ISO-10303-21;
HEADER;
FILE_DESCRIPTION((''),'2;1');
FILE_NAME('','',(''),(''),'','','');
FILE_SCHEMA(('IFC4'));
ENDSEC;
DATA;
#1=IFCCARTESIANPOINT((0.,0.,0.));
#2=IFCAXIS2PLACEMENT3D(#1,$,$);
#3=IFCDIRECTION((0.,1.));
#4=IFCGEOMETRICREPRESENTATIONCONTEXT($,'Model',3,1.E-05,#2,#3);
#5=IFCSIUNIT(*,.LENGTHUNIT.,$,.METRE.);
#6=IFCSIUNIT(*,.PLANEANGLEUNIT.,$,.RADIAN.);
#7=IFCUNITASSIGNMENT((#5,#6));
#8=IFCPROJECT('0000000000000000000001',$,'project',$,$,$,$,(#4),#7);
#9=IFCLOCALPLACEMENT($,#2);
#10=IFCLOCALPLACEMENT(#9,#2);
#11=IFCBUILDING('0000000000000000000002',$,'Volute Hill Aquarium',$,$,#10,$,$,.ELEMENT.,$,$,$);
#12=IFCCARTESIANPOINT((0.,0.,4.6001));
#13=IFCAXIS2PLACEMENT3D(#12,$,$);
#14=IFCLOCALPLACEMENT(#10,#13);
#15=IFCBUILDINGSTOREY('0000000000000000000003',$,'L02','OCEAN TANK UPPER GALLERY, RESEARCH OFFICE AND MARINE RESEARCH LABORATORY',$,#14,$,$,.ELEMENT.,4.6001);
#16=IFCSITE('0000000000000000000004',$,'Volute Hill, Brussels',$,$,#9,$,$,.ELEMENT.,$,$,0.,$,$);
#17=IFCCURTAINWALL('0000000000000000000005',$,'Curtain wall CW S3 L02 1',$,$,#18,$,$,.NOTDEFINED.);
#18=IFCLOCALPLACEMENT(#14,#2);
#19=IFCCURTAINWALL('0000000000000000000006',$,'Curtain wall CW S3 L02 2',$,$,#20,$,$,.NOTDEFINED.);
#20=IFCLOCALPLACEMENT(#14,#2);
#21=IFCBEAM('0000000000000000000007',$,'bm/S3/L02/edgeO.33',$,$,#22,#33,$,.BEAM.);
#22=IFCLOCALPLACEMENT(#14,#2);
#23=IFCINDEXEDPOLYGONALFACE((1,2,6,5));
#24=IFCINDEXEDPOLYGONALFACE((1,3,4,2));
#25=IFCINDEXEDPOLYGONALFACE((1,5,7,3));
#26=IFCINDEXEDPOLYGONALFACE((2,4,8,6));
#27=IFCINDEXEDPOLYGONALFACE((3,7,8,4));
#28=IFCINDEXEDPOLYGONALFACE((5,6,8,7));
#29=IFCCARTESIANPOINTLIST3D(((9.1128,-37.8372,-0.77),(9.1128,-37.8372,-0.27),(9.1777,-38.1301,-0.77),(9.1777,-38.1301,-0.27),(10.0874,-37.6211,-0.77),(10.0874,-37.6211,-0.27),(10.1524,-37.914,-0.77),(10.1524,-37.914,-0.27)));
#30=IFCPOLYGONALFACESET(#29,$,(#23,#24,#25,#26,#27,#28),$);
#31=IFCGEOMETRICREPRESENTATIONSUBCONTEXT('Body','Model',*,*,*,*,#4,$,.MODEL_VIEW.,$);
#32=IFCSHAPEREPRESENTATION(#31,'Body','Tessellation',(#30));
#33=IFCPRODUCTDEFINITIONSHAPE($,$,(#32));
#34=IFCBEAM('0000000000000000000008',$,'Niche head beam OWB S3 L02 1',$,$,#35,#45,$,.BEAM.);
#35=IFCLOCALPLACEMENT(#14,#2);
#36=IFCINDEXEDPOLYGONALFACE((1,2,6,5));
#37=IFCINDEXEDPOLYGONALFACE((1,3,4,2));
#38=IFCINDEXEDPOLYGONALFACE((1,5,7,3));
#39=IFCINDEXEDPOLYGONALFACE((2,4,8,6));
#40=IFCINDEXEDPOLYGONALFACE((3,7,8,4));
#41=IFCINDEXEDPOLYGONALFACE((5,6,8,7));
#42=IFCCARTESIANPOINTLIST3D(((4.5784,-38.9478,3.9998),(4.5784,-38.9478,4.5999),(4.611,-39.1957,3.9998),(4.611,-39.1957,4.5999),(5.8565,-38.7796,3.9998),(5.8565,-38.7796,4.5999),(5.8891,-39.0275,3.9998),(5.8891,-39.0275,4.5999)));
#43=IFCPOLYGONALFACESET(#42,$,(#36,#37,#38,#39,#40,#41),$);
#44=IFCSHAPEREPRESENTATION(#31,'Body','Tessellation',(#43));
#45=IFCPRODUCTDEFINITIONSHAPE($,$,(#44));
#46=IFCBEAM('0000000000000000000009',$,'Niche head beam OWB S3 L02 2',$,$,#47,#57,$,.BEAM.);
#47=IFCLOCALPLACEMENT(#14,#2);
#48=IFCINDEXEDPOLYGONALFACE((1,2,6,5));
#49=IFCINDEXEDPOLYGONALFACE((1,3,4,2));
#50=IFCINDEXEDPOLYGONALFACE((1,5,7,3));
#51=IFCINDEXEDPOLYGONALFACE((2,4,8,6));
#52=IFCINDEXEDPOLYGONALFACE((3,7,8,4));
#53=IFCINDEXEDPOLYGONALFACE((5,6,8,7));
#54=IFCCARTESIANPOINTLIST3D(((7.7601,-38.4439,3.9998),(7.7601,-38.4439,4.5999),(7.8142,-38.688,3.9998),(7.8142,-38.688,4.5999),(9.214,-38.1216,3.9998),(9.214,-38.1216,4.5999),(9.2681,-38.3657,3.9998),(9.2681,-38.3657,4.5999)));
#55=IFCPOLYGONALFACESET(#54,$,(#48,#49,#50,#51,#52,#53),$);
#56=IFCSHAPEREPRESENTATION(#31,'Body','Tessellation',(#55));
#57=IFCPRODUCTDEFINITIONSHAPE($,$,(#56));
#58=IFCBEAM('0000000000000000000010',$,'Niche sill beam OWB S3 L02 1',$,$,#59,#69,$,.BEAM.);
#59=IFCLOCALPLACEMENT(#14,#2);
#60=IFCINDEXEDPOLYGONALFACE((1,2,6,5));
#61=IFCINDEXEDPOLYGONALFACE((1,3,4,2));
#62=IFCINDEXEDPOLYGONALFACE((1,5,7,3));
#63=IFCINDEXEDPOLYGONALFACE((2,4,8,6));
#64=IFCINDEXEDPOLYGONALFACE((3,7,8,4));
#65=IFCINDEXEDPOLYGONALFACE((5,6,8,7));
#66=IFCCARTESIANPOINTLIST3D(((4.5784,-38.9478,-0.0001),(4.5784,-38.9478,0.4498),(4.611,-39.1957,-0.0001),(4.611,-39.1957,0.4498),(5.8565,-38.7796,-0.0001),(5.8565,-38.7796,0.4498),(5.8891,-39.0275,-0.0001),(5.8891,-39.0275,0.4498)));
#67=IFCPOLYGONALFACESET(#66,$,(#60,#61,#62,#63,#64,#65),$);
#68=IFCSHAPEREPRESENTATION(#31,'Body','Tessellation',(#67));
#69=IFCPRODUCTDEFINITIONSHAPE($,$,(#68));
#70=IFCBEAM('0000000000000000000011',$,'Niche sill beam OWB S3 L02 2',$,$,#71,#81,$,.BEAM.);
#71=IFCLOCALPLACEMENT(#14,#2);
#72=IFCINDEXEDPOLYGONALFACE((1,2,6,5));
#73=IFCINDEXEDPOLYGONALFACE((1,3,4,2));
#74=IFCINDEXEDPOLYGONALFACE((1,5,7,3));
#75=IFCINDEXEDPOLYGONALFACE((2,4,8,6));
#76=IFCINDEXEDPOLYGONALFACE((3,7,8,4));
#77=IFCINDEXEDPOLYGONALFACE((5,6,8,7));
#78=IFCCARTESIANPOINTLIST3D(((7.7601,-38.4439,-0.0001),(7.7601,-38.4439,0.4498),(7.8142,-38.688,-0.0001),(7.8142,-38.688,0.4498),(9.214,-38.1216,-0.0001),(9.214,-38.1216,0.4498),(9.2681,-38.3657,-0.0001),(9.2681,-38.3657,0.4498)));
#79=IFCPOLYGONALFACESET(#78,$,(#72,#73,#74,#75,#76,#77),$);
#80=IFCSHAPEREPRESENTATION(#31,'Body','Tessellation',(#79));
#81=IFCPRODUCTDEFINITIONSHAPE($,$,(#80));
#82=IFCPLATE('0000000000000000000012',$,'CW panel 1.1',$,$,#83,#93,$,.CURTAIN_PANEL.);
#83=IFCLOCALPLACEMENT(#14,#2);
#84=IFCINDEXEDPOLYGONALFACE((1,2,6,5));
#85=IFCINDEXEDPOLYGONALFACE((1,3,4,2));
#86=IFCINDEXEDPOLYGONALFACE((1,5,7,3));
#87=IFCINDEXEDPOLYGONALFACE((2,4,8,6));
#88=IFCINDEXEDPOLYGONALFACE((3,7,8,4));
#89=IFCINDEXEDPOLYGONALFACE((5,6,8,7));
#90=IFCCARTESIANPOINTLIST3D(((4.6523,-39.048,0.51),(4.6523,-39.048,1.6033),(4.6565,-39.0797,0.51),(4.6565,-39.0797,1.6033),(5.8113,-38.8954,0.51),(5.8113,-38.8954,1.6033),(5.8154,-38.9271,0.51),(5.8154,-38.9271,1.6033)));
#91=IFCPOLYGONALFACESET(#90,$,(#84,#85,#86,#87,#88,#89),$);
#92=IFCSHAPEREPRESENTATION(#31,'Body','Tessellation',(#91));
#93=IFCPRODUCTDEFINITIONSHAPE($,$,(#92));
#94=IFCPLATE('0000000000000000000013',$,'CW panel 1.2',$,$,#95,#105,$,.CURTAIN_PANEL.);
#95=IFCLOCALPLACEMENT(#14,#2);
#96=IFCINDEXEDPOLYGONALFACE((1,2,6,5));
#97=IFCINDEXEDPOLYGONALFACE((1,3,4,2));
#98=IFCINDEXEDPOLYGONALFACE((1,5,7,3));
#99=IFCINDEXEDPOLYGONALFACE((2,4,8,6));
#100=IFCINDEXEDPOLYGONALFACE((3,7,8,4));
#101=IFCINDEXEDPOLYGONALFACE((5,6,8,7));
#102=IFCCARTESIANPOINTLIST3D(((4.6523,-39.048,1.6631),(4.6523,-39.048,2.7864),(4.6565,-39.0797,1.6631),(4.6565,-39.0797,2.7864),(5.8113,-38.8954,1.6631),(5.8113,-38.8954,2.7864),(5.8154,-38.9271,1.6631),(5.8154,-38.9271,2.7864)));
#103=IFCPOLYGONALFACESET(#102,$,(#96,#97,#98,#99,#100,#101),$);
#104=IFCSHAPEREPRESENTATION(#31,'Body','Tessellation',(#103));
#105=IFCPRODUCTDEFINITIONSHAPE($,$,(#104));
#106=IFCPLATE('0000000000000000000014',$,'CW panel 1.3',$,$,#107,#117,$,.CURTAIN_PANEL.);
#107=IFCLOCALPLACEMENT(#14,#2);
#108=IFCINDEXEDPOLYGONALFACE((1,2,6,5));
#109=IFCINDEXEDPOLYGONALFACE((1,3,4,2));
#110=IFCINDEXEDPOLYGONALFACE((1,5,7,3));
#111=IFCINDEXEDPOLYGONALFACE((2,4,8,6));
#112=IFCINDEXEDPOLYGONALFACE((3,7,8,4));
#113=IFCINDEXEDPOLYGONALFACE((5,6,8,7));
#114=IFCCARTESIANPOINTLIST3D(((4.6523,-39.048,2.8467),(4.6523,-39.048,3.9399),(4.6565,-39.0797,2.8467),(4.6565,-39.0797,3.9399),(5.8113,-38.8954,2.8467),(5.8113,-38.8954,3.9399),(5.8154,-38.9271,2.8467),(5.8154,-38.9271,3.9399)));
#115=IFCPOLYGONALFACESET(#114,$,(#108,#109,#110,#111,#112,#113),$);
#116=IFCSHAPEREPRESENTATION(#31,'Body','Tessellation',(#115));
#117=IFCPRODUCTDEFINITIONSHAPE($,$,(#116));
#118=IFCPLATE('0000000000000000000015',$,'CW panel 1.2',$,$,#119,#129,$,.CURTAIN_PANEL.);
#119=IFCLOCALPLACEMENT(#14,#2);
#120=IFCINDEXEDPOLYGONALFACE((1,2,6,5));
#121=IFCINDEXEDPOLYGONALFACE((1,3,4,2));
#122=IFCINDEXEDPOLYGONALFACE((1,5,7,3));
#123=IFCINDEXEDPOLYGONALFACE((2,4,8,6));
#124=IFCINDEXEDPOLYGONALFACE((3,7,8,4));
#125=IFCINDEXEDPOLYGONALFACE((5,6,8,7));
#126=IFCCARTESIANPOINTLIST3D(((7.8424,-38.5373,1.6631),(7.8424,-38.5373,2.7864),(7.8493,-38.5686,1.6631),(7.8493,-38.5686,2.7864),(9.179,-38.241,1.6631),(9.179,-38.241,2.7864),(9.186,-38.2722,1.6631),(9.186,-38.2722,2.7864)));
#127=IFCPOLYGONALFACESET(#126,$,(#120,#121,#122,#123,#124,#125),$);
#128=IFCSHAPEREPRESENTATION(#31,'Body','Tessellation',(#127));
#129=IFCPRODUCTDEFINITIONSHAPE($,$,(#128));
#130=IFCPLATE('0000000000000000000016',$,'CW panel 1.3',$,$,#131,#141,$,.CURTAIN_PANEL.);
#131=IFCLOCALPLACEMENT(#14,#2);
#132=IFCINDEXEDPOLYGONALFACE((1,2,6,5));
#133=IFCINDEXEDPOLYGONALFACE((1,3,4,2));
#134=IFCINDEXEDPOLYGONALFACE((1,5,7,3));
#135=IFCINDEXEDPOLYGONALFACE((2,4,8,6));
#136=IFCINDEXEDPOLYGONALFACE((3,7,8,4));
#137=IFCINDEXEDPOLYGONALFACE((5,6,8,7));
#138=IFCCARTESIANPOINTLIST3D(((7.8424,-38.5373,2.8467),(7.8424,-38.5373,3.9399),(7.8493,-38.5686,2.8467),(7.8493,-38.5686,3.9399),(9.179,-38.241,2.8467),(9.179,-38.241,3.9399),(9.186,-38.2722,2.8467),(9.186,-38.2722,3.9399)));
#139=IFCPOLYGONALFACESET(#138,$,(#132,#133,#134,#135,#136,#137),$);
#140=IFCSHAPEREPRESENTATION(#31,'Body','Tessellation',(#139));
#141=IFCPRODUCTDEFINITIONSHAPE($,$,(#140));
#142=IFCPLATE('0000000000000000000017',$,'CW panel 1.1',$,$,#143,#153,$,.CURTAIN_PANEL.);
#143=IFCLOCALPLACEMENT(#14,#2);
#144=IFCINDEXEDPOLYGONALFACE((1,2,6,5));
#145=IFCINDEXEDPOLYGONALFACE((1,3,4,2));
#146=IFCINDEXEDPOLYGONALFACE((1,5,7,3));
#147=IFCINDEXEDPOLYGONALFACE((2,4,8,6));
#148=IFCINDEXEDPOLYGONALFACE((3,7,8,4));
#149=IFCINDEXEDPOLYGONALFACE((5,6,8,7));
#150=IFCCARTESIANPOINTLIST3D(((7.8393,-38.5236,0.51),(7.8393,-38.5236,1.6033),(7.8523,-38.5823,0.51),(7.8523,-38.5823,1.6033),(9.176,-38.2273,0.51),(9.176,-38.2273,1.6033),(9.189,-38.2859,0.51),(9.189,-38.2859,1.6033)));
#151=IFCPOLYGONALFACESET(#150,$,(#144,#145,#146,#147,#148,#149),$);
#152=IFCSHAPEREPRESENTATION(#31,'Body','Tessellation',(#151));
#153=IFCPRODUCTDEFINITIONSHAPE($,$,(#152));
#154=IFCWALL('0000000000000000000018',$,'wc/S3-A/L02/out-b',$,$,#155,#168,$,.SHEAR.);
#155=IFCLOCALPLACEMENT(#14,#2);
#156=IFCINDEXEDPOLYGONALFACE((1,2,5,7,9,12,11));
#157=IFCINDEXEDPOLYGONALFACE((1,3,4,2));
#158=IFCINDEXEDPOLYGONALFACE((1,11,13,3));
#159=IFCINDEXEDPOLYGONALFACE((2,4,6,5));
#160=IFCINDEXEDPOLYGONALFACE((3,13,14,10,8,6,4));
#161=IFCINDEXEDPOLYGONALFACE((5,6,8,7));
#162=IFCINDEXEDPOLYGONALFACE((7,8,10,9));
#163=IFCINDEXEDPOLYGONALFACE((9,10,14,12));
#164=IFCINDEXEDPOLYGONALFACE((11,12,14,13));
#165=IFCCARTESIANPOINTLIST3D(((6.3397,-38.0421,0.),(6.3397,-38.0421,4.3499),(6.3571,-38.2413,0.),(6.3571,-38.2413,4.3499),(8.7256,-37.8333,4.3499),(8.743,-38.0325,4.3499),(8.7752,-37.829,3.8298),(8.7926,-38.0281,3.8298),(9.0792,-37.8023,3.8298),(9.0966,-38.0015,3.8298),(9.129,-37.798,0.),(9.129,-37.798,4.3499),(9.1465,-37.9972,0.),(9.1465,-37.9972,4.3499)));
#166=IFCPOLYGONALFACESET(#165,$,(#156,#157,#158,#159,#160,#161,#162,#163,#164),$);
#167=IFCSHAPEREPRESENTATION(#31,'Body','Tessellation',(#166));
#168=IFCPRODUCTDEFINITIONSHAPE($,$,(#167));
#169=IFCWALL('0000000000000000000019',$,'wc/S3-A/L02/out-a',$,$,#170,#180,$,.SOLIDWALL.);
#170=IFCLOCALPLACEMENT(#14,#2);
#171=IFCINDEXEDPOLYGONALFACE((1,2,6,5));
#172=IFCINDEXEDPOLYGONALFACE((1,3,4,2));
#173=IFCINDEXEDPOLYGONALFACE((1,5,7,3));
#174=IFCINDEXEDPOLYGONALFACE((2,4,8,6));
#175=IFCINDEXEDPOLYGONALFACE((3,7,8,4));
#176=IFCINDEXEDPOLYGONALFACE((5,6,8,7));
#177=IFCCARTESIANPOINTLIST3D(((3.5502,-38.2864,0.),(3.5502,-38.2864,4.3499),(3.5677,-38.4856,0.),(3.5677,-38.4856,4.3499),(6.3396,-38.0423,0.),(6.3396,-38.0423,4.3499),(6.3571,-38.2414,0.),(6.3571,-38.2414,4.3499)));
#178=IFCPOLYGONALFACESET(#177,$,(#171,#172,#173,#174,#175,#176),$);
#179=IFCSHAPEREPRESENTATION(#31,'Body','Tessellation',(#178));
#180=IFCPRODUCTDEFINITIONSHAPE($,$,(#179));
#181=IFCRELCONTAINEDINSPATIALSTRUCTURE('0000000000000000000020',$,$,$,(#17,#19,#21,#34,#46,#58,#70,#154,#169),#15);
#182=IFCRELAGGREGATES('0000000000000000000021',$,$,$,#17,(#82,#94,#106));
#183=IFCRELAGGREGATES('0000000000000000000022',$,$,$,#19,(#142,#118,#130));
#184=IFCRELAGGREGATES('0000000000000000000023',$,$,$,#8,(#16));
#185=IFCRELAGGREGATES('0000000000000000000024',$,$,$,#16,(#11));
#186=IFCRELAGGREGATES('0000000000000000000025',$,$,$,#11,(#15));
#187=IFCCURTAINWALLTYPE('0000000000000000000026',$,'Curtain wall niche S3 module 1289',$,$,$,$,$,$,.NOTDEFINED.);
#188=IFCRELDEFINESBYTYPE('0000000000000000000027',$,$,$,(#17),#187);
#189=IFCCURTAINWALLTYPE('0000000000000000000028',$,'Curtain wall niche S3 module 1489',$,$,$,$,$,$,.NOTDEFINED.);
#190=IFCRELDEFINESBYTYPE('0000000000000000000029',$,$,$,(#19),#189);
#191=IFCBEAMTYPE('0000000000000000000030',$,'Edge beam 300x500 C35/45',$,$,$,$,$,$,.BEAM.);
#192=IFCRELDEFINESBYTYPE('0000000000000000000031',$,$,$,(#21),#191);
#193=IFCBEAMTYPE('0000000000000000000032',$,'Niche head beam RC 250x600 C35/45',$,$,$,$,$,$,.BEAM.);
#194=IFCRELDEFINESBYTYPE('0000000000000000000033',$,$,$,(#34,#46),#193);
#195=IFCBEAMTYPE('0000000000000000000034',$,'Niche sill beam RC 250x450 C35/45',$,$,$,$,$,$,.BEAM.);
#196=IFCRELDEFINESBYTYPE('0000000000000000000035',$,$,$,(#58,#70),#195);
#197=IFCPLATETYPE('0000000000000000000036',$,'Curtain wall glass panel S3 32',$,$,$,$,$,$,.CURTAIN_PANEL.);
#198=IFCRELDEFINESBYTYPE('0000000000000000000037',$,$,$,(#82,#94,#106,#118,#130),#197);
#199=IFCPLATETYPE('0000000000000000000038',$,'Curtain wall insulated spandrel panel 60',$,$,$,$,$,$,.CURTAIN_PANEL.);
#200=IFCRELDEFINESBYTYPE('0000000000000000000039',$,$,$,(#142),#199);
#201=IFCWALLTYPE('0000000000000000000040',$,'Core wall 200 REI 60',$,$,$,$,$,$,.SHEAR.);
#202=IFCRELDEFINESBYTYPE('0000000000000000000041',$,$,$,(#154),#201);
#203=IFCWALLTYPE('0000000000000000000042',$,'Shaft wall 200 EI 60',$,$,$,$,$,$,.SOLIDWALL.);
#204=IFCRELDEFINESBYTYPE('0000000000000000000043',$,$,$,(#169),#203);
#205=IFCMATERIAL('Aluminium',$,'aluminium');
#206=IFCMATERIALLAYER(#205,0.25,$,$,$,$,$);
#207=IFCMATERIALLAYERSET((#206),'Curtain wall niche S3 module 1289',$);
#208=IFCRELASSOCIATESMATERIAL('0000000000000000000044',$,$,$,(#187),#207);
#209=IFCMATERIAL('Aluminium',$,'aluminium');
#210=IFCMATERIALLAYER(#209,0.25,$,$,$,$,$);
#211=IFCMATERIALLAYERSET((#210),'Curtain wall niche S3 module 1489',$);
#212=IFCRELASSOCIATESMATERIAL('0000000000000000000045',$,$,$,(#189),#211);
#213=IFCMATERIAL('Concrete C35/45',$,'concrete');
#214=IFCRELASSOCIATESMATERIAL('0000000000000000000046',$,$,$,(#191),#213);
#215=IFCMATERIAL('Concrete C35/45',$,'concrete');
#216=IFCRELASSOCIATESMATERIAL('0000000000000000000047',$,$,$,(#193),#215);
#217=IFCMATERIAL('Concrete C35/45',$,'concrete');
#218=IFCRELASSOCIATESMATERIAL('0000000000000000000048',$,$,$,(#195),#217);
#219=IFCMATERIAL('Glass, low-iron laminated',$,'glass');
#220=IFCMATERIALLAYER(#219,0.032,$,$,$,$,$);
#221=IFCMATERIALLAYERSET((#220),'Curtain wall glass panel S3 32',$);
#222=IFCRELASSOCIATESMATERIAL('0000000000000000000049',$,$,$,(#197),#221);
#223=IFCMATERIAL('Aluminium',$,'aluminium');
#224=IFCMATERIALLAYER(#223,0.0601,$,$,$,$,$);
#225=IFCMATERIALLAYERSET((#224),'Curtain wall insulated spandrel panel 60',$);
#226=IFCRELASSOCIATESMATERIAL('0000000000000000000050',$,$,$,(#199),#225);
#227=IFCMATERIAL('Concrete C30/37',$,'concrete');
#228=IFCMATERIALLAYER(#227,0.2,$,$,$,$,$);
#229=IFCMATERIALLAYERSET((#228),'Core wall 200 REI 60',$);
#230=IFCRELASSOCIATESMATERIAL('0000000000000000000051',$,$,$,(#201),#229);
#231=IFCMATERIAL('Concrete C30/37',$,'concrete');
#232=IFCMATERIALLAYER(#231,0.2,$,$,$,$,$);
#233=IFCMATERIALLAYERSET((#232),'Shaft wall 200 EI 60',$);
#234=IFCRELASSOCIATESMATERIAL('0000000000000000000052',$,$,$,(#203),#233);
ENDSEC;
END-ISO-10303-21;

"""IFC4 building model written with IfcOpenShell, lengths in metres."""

from ifc_helpers import new_model, si_unit, direction, frame, frame_2d, origin, origin_2d, place, context, subcontext, project, spatial, polyline, rectangle, outline, extrude, material, layer, layer_set, material_profile, profile_set, type_object, element, aggregate, save


model = new_model("IFC4")

# Units and contexts
model_context = context("Model", 3, precision=1e-05, world=origin(), true_north=direction((0.0, 1.0)))
body_context = subcontext(model_context, "Body", "Model", "MODEL_VIEW")
ifc_project = project(units=[si_unit("LENGTHUNIT", "METRE"), si_unit("PLANEANGLEUNIT", "RADIAN")], contexts=[model_context])

# Site, building, storey
site_placement = place(None, origin())
site = spatial("IfcSite", under=ifc_project, at=site_placement, Name="Volute Hill, Brussels", CompositionType="ELEMENT", RefElevation=0.0)
building_placement = place(site_placement, origin())
building = spatial("IfcBuilding", under=site, at=building_placement, Name="Volute Hill Aquarium", CompositionType="ELEMENT")
storey_placement = place(building_placement, frame((0.0, 0.0, 4.6001)))
storey = spatial("IfcBuildingStorey", under=building, at=storey_placement, Name="L02", Description="OCEAN TANK UPPER GALLERY, RESEARCH OFFICE AND MARINE RESEARCH LABORATORY", CompositionType="ELEMENT", Elevation=4.6001)

# Curtain walls
ifc_material_1 = material(Name="Aluminium", Category="aluminium")
ifc_layer_1 = layer(ifc_material_1, 0.25)
ifc_layer_set_1 = layer_set([ifc_layer_1], Name="Curtain wall niche S3 module 1289")
curtain_wall_type_1 = type_object("IfcCurtainWallType", Name="Curtain wall niche S3 module 1289", PredefinedType="NOTDEFINED", material=ifc_layer_set_1)
curtain_wall_1_placement = place(storey_placement, origin())
curtain_wall_1 = element("IfcCurtainWall", 1, at=curtain_wall_1_placement, inside=storey, type_object=curtain_wall_type_1, Name="Curtain wall CW S3 L02 1", PredefinedType="NOTDEFINED")
ifc_material_2 = material(Name="Aluminium", Category="aluminium")
ifc_layer_2 = layer(ifc_material_2, 0.25)
ifc_layer_set_2 = layer_set([ifc_layer_2], Name="Curtain wall niche S3 module 1489")
curtain_wall_type_2 = type_object("IfcCurtainWallType", Name="Curtain wall niche S3 module 1489", PredefinedType="NOTDEFINED", material=ifc_layer_set_2)
curtain_wall_2_placement = place(storey_placement, origin())
curtain_wall_2 = element("IfcCurtainWall", 2, at=curtain_wall_2_placement, inside=storey, type_object=curtain_wall_type_2, Name="Curtain wall CW S3 L02 2", PredefinedType="NOTDEFINED")

# Beams
ifc_material_3 = material(Name="Concrete C35/45", Category="concrete")
ifc_material_profile_1 = material_profile(ifc_material_3, rectangle(XDim=0.3, YDim=0.5, at=origin_2d()), Name="RC edge beam 300x500")
ifc_profile_set_1 = profile_set([ifc_material_profile_1], Name="Concrete C35/45")
beam_type_1 = type_object("IfcBeamType", Name="Edge beam 300x500 C35/45", PredefinedType="BEAM", material=ifc_profile_set_1)
beam_1_placement = place(storey_placement, frame((9.1453, -37.9836, -0.52), z_axis=(0.976296, 0.216438, 0.0), x_axis=(-0.216438, 0.976296, 0.0)))
element("IfcBeam", 3, at=beam_1_placement, inside=storey, type_object=beam_type_1, Name="bm/S3/L02/edgeO.33", PredefinedType="BEAM", context=body_context, shape_type="SweptSolid", body=[
    extrude(rectangle(XDim=0.3, YDim=0.5, at=origin_2d()), origin(), (0.0, 0.0, 1.0), 0.9983),
])
ifc_material_4 = material(Name="Concrete C35/45", Category="concrete")
ifc_material_profile_2 = material_profile(ifc_material_4, rectangle(XDim=0.25, YDim=0.6001, at=origin_2d()), Name="RC beam 250x600")
ifc_profile_set_2 = profile_set([ifc_material_profile_2], Name="Concrete C35/45")
beam_type_2 = type_object("IfcBeamType", Name="Niche head beam RC 250x600 C35/45", PredefinedType="BEAM", material=ifc_profile_set_2)
beam_2_placement = place(storey_placement, frame((4.5947, -39.0718, 4.2998), z_axis=(0.99145, 0.130489, 0.0), x_axis=(-0.130489, 0.99145, 0.0)))
element("IfcBeam", 4, at=beam_2_placement, inside=storey, type_object=beam_type_2, Name="Niche head beam OWB S3 L02 1", PredefinedType="BEAM", context=body_context, shape_type="SweptSolid", body=[
    extrude(rectangle(XDim=0.25, YDim=0.6001, at=origin_2d()), origin(), (0.0, 0.0, 1.0), 1.2891),
])
beam_3_placement = place(storey_placement, frame((7.7871, -38.5659, 4.2998), z_axis=(0.976303, 0.21641, 0.0), x_axis=(-0.21641, 0.976303, 0.0)))
element("IfcBeam", 5, at=beam_3_placement, inside=storey, type_object=beam_type_2, Name="Niche head beam OWB S3 L02 2", PredefinedType="BEAM", context=body_context, shape_type="SweptSolid", body=[
    extrude(rectangle(XDim=0.25, YDim=0.6001, at=origin_2d()), origin(), (0.0, 0.0, 1.0), 1.4893),
])
ifc_material_5 = material(Name="Concrete C35/45", Category="concrete")
ifc_material_profile_3 = material_profile(ifc_material_5, rectangle(XDim=0.25, YDim=0.45, at=origin_2d()), Name="RC beam 250x450")
ifc_profile_set_3 = profile_set([ifc_material_profile_3], Name="Concrete C35/45")
beam_type_3 = type_object("IfcBeamType", Name="Niche sill beam RC 250x450 C35/45", PredefinedType="BEAM", material=ifc_profile_set_3)
beam_4_placement = place(storey_placement, frame((4.5947, -39.0718, 0.2249), z_axis=(0.99145, 0.130489, 0.0), x_axis=(-0.130489, 0.99145, 0.0)))
element("IfcBeam", 6, at=beam_4_placement, inside=storey, type_object=beam_type_3, Name="Niche sill beam OWB S3 L02 1", PredefinedType="BEAM", context=body_context, shape_type="SweptSolid", body=[
    extrude(rectangle(XDim=0.25, YDim=0.45, at=origin_2d()), origin(), (0.0, 0.0, 1.0), 1.2891),
])
beam_5_placement = place(storey_placement, frame((7.7871, -38.5659, 0.2249), z_axis=(0.976303, 0.21641, 0.0), x_axis=(-0.21641, 0.976303, 0.0)))
element("IfcBeam", 7, at=beam_5_placement, inside=storey, type_object=beam_type_3, Name="Niche sill beam OWB S3 L02 2", PredefinedType="BEAM", context=body_context, shape_type="SweptSolid", body=[
    extrude(rectangle(XDim=0.25, YDim=0.45, at=origin_2d()), origin(), (0.0, 0.0, 1.0), 1.4893),
])

# Plates
ifc_material_6 = material(Name="Glass, low-iron laminated", Category="glass")
ifc_layer_3 = layer(ifc_material_6, 0.032)
ifc_layer_set_3 = layer_set([ifc_layer_3], Name="Curtain wall glass panel S3 32")
plate_type_1 = type_object("IfcPlateType", Name="Curtain wall glass panel S3 32", PredefinedType="CURTAIN_PANEL", material=ifc_layer_set_3)
plate_1_placement = place(storey_placement, frame((5.2339, -38.9875, 0.51), z_axis=(0.0, 0.0, 1.0), x_axis=(0.991447, 0.130506, 0.0)))
plate_1 = element("IfcPlate", 8, at=plate_1_placement, type_object=plate_type_1, Name="CW panel 1.1", PredefinedType="CURTAIN_PANEL", context=body_context, shape_type="SweptSolid", body=[
    extrude(rectangle(XDim=1.1689, YDim=0.032, at=origin_2d()), origin(), (0.0, 0.0, 1.0), 1.0933),
])
plate_2_placement = place(storey_placement, frame((5.2339, -38.9875, 1.6631), z_axis=(0.0, 0.0, 1.0), x_axis=(0.991447, 0.130506, 0.0)))
plate_2 = element("IfcPlate", 9, at=plate_2_placement, type_object=plate_type_1, Name="CW panel 1.2", PredefinedType="CURTAIN_PANEL", context=body_context, shape_type="SweptSolid", body=[
    extrude(rectangle(XDim=1.1689, YDim=0.032, at=origin_2d()), origin(), (0.0, 0.0, 1.0), 1.1233),
])
plate_3_placement = place(storey_placement, frame((5.2339, -38.9875, 2.8467), z_axis=(0.0, 0.0, 1.0), x_axis=(0.991447, 0.130506, 0.0)))
plate_3 = element("IfcPlate", 10, at=plate_3_placement, type_object=plate_type_1, Name="CW panel 1.3", PredefinedType="CURTAIN_PANEL", context=body_context, shape_type="SweptSolid", body=[
    extrude(rectangle(XDim=1.1689, YDim=0.032, at=origin_2d()), origin(), (0.0, 0.0, 1.0), 1.0933),
])
aggregate(curtain_wall_1, [plate_1, plate_2, plate_3])
plate_4_placement = place(storey_placement, frame((8.5142, -38.4048, 1.6631), z_axis=(0.0, 0.0, 1.0), x_axis=(0.976298, 0.216429, 0.0)))
plate_4 = element("IfcPlate", 11, at=plate_4_placement, type_object=plate_type_1, Name="CW panel 1.2", PredefinedType="CURTAIN_PANEL", context=body_context, shape_type="SweptSolid", body=[
    extrude(rectangle(XDim=1.3691, YDim=0.032, at=origin_2d()), origin(), (0.0, 0.0, 1.0), 1.1233),
])
plate_5_placement = place(storey_placement, frame((8.5142, -38.4048, 2.8467), z_axis=(0.0, 0.0, 1.0), x_axis=(0.976298, 0.216429, 0.0)))
plate_5 = element("IfcPlate", 12, at=plate_5_placement, type_object=plate_type_1, Name="CW panel 1.3", PredefinedType="CURTAIN_PANEL", context=body_context, shape_type="SweptSolid", body=[
    extrude(rectangle(XDim=1.3691, YDim=0.032, at=origin_2d()), origin(), (0.0, 0.0, 1.0), 1.0933),
])
ifc_material_7 = material(Name="Aluminium", Category="aluminium")
ifc_layer_4 = layer(ifc_material_7, 0.0601)
ifc_layer_set_4 = layer_set([ifc_layer_4], Name="Curtain wall insulated spandrel panel 60")
plate_type_2 = type_object("IfcPlateType", Name="Curtain wall insulated spandrel panel 60", PredefinedType="CURTAIN_PANEL", material=ifc_layer_set_4)
plate_6_placement = place(storey_placement, frame((8.5142, -38.4048, 0.51), z_axis=(0.0, 0.0, 1.0), x_axis=(0.976298, 0.216429, 0.0)))
plate_6 = element("IfcPlate", 13, at=plate_6_placement, type_object=plate_type_2, Name="CW panel 1.1", PredefinedType="CURTAIN_PANEL", context=body_context, shape_type="SweptSolid", body=[
    extrude(rectangle(XDim=1.3691, YDim=0.0601, at=origin_2d()), origin(), (0.0, 0.0, 1.0), 1.0933),
])
aggregate(curtain_wall_2, [plate_6, plate_4, plate_5])

# Walls
ifc_material_8 = material(Name="Concrete C30/37", Category="concrete")
ifc_layer_5 = layer(ifc_material_8, 0.2)
ifc_layer_set_5 = layer_set([ifc_layer_5], Name="Core wall 200 REI 60")
wall_type_1 = type_object("IfcWallType", Name="Core wall 200 REI 60", PredefinedType="SHEAR", material=ifc_layer_set_5)
wall_1_placement = place(storey_placement, frame((6.3484, -38.1418, 0.0), z_axis=(0.0, 0.0, 1.0), x_axis=(0.996191, 0.087194, 0.0)))
element("IfcWall", 14, at=wall_1_placement, inside=storey, type_object=wall_type_1, Name="wc/S3-A/L02/out-b", PredefinedType="SHEAR", context=body_context, shape_type="SweptSolid", body=[
    extrude(outline(polyline([(0.0, 0.0), (2.8, 0.0), (2.8, 4.3499), (2.75, 3.8298), (2.4448, 3.8298), (2.395, 4.3499), (0.0, 4.3499), (0.0, 0.0)])), frame((0.0, 0.1001, 0.0), z_axis=(0.0, -1.0, 0.0), x_axis=(1.0, 0.0, 0.0)), (0.0, 0.0, 1.0), 0.2),
])
ifc_material_9 = material(Name="Concrete C30/37", Category="concrete")
ifc_layer_6 = layer(ifc_material_9, 0.2)
ifc_layer_set_6 = layer_set([ifc_layer_6], Name="Shaft wall 200 EI 60")
wall_type_2 = type_object("IfcWallType", Name="Shaft wall 200 EI 60", PredefinedType="SOLIDWALL", material=ifc_layer_set_6)
wall_2_placement = place(storey_placement, frame((3.5591, -38.386, 0.0), z_axis=(0.0, 0.0, 1.0), x_axis=(0.996191, 0.087194, 0.0)))
element("IfcWall", 15, at=wall_2_placement, inside=storey, type_object=wall_type_2, Name="wc/S3-A/L02/out-a", PredefinedType="SOLIDWALL", context=body_context, shape_type="SweptSolid", body=[
    extrude(rectangle(XDim=2.8, YDim=0.2, at=frame_2d((1.3999, 0.0))), origin(), (0.0, 0.0, 1.0), 4.3499),
])

save(model, "model.ifc")
